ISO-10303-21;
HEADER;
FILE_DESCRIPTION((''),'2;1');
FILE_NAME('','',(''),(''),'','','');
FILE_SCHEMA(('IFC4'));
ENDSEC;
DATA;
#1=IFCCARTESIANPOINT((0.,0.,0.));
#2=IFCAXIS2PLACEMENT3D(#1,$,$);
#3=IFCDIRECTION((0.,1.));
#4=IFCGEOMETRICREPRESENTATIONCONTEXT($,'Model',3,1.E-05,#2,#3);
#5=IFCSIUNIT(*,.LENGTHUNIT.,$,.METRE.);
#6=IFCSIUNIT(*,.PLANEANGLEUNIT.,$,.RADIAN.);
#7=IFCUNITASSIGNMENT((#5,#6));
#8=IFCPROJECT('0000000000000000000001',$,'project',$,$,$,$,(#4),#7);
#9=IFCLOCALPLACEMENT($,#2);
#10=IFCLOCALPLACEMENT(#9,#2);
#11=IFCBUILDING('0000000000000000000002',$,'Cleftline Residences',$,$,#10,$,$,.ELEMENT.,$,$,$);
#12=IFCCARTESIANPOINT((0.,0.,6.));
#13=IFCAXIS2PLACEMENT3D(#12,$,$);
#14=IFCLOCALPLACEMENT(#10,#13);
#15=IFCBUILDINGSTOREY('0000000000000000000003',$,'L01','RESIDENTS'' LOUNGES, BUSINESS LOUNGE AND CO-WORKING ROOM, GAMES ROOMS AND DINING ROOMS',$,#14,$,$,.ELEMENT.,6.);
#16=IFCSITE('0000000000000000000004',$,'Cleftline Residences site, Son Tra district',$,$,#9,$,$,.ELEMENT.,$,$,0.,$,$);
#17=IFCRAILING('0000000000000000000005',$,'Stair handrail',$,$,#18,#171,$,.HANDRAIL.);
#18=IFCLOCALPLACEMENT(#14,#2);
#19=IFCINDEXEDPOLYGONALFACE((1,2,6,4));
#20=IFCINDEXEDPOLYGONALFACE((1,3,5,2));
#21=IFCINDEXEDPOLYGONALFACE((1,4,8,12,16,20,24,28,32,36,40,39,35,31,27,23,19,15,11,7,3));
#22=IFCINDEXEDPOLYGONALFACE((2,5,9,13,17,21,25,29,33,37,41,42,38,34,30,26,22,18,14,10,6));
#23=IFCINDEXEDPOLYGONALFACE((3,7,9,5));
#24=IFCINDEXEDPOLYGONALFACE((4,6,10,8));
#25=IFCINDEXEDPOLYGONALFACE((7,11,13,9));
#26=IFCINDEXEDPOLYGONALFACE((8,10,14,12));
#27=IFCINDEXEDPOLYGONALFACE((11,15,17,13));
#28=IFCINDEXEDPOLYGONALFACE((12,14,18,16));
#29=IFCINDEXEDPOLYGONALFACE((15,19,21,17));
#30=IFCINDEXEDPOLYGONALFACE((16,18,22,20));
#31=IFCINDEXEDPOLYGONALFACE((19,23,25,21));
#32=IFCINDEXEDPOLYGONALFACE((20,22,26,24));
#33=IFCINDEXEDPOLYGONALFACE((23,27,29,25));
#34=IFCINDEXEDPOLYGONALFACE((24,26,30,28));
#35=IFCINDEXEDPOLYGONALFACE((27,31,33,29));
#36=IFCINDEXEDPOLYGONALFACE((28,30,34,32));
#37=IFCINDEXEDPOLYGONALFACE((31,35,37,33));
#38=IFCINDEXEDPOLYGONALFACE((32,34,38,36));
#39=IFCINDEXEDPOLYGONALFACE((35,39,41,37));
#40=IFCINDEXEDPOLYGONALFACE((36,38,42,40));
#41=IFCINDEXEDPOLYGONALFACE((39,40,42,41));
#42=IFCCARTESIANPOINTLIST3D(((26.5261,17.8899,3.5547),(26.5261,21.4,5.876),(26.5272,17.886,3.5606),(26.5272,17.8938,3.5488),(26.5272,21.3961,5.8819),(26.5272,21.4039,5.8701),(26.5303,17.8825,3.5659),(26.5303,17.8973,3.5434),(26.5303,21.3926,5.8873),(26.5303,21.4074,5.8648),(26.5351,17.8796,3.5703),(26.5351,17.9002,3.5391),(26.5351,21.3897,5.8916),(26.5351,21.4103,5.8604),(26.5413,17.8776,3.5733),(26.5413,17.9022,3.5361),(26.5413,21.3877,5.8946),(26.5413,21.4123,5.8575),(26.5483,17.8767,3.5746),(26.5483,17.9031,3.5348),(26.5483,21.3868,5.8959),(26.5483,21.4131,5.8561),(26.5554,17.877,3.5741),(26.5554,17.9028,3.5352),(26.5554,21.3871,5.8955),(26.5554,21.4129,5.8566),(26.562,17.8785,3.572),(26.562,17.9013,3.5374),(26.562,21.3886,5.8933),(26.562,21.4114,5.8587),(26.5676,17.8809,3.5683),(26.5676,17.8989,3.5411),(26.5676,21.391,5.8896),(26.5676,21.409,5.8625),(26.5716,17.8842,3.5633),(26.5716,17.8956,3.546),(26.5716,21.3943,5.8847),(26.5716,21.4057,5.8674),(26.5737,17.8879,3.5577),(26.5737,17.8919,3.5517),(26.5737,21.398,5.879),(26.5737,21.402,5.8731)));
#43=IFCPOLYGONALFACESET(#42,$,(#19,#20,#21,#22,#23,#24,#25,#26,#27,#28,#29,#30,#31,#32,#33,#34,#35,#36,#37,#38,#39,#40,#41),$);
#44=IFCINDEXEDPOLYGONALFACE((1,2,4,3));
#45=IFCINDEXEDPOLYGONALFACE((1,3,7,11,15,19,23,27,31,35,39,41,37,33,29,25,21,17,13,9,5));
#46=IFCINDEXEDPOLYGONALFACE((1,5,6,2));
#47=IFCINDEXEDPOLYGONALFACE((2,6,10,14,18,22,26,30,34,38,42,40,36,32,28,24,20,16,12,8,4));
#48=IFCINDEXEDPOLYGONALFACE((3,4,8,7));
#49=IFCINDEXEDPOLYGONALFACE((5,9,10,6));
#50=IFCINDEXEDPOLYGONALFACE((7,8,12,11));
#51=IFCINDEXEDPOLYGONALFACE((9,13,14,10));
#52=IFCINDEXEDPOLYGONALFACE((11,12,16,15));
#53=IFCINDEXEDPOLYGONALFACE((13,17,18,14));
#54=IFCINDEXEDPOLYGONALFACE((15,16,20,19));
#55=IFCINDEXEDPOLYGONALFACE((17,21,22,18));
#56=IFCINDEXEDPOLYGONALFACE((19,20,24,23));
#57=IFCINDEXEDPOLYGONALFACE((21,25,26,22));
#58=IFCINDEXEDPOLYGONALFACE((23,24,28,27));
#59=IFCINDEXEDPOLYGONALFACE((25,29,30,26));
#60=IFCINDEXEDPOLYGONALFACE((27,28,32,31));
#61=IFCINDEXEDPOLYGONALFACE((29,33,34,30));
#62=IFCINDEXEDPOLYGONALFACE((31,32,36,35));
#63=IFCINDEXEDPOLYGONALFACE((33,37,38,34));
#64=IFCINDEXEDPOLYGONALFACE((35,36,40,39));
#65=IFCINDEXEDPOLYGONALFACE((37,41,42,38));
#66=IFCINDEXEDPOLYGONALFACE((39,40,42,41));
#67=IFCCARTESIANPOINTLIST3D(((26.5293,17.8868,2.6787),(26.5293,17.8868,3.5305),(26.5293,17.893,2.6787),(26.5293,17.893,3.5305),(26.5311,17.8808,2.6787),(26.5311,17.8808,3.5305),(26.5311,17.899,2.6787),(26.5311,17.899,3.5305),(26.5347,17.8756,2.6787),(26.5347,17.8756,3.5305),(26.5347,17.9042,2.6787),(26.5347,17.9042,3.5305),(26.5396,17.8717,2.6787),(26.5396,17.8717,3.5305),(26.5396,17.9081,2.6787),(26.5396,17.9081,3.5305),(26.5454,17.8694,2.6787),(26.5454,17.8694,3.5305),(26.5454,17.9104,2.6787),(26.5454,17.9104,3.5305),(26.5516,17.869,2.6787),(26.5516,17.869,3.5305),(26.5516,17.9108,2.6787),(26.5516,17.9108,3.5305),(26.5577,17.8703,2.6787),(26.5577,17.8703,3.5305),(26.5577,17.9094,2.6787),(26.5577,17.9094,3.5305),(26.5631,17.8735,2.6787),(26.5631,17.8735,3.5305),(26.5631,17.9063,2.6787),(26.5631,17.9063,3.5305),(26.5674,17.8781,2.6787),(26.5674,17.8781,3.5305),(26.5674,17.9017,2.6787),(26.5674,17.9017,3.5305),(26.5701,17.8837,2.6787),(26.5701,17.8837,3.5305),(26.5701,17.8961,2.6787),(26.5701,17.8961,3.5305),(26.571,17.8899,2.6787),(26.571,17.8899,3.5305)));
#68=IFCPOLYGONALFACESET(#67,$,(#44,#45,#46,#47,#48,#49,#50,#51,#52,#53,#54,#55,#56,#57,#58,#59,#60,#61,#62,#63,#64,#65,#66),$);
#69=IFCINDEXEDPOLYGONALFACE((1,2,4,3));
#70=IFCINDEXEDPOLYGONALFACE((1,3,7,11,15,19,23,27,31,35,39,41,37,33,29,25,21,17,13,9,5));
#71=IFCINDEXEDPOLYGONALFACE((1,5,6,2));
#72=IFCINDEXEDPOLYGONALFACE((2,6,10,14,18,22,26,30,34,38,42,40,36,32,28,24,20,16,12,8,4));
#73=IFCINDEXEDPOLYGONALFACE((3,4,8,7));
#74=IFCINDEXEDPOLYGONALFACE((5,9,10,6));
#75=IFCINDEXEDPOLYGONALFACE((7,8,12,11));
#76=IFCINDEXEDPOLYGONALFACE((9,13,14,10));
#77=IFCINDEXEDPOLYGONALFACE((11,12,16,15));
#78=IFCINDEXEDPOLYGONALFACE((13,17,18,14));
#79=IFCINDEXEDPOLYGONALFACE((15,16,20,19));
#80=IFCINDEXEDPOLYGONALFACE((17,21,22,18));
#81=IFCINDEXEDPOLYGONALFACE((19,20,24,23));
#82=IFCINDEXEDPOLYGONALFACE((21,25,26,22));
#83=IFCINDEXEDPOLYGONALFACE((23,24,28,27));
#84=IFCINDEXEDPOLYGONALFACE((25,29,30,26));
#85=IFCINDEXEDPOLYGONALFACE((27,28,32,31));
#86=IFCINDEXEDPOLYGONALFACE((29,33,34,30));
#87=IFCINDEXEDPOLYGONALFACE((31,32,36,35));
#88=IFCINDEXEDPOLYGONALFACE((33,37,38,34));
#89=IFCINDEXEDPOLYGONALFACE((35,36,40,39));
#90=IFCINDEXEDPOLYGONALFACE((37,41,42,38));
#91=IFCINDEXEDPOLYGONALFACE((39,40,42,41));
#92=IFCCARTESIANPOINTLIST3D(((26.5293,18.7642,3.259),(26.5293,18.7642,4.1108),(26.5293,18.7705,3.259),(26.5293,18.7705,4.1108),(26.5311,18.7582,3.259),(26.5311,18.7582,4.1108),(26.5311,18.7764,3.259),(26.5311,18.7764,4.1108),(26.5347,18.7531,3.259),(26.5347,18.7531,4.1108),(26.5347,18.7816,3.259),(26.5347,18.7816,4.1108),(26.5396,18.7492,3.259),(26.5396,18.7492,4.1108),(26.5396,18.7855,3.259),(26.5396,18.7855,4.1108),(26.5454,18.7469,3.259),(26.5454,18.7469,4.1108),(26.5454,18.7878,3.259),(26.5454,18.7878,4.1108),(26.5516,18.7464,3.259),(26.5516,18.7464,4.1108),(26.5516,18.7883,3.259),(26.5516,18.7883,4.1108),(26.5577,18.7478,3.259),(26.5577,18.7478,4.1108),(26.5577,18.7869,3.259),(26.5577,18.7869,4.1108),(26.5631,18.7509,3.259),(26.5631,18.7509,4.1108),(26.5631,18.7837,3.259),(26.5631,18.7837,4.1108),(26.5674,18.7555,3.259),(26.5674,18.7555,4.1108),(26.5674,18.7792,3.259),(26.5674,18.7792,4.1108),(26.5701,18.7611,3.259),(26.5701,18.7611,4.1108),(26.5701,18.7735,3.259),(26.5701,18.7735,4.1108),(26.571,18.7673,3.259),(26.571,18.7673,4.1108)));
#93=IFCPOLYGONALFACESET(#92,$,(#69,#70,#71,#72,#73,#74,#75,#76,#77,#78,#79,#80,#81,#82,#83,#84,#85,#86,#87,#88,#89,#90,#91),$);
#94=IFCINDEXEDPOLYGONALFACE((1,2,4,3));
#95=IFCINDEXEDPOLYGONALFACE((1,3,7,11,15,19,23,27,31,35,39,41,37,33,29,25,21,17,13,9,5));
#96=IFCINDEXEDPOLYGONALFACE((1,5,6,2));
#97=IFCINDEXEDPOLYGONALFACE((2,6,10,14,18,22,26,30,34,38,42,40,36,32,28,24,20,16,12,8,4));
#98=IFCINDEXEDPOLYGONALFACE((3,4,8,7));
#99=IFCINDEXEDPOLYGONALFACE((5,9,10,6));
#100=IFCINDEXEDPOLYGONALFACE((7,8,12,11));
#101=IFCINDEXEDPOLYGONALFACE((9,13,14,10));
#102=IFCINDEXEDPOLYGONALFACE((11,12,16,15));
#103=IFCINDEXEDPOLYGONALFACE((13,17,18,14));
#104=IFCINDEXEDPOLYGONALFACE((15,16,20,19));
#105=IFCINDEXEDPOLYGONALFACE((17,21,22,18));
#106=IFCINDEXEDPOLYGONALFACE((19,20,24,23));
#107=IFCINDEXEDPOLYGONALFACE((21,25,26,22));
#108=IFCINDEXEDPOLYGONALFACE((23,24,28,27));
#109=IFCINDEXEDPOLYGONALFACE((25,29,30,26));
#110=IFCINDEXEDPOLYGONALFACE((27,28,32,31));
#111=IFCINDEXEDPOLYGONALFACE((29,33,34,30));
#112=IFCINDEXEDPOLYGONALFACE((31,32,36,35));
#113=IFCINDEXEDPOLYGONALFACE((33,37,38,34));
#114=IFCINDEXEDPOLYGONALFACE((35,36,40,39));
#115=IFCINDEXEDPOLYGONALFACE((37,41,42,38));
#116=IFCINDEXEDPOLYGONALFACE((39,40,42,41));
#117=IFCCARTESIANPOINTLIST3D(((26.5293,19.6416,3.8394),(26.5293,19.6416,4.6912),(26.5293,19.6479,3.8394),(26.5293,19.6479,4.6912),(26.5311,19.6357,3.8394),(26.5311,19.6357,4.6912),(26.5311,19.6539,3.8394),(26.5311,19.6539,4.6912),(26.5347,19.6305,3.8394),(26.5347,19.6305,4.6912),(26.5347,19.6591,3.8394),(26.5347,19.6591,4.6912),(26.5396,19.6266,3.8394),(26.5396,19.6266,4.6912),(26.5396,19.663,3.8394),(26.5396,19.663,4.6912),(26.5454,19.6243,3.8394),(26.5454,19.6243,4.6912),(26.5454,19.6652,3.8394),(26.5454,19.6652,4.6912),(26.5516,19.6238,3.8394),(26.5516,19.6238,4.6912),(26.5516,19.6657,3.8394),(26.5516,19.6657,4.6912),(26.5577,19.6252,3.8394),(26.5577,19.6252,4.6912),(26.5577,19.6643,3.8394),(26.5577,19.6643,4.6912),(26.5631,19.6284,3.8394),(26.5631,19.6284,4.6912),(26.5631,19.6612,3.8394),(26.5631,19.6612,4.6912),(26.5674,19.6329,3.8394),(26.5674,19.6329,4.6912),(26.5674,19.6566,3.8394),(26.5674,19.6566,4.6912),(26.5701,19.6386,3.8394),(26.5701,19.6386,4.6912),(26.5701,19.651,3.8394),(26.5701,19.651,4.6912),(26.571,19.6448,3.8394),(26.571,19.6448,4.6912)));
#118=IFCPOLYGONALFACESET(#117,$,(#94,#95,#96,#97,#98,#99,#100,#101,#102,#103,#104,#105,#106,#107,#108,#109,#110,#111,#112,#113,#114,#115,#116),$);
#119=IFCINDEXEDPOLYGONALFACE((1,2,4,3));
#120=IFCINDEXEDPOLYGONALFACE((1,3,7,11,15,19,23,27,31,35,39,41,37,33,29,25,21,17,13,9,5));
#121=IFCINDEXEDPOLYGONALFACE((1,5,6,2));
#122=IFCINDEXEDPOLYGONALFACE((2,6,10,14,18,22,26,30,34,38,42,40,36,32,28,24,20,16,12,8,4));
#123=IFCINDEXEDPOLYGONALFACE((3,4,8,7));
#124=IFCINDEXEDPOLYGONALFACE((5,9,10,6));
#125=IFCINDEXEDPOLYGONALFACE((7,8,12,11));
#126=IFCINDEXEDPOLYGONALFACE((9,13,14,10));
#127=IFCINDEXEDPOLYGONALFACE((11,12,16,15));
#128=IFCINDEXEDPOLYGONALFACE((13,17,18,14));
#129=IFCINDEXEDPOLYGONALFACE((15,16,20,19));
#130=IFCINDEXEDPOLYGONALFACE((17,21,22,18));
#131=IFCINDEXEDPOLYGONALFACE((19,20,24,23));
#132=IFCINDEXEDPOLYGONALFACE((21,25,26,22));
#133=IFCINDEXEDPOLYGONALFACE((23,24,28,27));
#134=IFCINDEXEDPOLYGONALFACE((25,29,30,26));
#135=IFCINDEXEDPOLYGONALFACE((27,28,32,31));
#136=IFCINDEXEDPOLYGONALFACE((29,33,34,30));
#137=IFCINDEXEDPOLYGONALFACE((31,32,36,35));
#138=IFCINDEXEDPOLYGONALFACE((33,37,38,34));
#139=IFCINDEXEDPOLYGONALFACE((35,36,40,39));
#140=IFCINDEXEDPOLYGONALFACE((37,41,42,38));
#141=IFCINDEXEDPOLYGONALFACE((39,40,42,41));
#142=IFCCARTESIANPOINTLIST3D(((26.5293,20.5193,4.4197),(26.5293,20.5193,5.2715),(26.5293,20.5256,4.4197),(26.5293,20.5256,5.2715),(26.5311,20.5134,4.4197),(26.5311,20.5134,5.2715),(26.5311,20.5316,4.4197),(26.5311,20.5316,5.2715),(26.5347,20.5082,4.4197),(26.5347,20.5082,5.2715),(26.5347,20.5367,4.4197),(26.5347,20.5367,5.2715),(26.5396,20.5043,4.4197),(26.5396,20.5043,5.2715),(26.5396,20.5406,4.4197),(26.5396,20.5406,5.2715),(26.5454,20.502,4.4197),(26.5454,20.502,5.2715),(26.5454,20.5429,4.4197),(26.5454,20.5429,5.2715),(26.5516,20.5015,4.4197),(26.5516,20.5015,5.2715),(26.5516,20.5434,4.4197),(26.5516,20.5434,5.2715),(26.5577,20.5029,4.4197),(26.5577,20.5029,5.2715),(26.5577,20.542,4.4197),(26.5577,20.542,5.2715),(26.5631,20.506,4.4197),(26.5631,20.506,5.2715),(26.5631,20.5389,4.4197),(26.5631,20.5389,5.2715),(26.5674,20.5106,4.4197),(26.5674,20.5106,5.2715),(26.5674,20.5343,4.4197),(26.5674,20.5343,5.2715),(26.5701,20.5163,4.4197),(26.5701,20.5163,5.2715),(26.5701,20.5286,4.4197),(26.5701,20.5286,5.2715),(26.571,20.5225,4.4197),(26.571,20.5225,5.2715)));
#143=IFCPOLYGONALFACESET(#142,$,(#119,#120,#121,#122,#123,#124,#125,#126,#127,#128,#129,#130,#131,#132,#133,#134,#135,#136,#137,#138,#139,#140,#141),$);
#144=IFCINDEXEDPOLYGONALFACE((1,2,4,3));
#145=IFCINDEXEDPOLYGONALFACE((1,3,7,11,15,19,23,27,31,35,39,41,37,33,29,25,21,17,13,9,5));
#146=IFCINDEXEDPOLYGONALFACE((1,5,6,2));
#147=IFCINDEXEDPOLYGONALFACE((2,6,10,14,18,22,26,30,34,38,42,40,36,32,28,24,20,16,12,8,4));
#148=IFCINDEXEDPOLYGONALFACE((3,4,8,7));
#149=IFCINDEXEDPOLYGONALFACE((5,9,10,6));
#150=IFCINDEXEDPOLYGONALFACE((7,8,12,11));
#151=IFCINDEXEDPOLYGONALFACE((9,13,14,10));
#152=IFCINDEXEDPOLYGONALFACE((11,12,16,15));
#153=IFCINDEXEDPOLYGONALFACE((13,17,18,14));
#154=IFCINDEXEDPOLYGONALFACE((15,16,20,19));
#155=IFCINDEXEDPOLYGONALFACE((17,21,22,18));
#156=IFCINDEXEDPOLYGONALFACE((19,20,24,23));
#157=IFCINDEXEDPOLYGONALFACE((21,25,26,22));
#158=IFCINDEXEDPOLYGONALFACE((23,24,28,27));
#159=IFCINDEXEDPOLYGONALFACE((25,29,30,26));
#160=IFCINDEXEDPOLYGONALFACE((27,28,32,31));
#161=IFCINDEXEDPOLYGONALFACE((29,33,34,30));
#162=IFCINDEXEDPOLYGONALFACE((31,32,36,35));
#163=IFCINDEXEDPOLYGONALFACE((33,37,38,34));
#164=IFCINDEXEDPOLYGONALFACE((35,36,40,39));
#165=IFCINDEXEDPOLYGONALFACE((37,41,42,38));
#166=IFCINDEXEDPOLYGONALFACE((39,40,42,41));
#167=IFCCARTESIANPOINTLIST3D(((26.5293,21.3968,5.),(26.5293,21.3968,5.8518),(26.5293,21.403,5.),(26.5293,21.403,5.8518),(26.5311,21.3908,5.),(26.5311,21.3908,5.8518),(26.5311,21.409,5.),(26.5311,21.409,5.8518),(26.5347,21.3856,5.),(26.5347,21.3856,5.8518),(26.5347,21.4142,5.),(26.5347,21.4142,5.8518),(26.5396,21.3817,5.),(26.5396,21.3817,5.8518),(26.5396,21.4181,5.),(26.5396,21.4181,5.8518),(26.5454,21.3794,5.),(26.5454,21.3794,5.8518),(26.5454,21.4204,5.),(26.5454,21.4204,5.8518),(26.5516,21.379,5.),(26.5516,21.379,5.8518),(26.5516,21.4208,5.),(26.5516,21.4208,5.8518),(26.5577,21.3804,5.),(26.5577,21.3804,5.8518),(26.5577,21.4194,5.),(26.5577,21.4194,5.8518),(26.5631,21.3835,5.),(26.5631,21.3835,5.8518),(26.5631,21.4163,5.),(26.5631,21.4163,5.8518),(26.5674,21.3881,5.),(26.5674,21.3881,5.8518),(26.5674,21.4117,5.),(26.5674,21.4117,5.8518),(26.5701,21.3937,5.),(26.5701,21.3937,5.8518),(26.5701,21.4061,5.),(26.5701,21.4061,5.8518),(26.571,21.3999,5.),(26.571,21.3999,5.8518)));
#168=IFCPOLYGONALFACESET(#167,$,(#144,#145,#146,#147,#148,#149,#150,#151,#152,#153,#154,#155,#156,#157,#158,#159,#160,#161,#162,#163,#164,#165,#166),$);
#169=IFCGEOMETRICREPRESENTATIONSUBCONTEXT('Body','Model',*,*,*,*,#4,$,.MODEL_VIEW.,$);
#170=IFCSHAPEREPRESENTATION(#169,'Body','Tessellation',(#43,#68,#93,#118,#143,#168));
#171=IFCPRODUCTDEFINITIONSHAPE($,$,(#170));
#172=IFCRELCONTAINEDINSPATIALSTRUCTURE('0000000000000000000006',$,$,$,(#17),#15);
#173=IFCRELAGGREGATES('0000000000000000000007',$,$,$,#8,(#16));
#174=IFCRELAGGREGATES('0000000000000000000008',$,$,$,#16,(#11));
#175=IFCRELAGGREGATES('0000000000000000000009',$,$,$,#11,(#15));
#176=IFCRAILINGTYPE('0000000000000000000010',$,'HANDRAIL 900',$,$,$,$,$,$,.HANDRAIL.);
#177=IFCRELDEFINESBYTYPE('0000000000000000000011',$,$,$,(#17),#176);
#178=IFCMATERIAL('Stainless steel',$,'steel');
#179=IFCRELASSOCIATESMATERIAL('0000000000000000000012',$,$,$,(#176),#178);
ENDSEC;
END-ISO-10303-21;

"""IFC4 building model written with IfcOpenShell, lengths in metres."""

from ifc_helpers import new_model, si_unit, direction, frame, origin, origin_2d, place, context, subcontext, project, spatial, circle, extrude, material, type_object, element, save


model = new_model("IFC4")

# Units and contexts
model_context = context("Model", 3, precision=1e-05, world=origin(), true_north=direction((0.0, 1.0)))
body_context = subcontext(model_context, "Body", "Model", "MODEL_VIEW")
ifc_project = project(units=[si_unit("LENGTHUNIT", "METRE"), si_unit("PLANEANGLEUNIT", "RADIAN")], contexts=[model_context])

# Site, building, storey
site_placement = place(None, origin())
site = spatial("IfcSite", under=ifc_project, at=site_placement, Name="Cleftline Residences site, Son Tra district", CompositionType="ELEMENT", RefElevation=0.0)
building_placement = place(site_placement, origin())
building = spatial("IfcBuilding", under=site, at=building_placement, Name="Cleftline Residences", CompositionType="ELEMENT")
storey_placement = place(building_placement, frame((0.0, 0.0, 6.0)))
storey = spatial("IfcBuildingStorey", under=building, at=storey_placement, Name="L01", Description="RESIDENTS' LOUNGES, BUSINESS LOUNGE AND CO-WORKING ROOM, GAMES ROOMS AND DINING ROOMS", CompositionType="ELEMENT", Elevation=6.0)

# Railing
ifc_material_1 = material(Name="Stainless steel", Category="steel")
railing_type = type_object("IfcRailingType", Name="HANDRAIL 900", PredefinedType="HANDRAIL", material=ifc_material_1)
railing_1_placement = place(storey_placement, frame((26.55, 17.8899, 2.6787)))
element("IfcRailing", 1, at=railing_1_placement, inside=storey, type_object=railing_type, Name="Stair handrail", PredefinedType="HANDRAIL", context=body_context, shape_type="SweptSolid", body=[
    extrude(circle(Radius=0.0239, at=origin_2d()), frame((0.0, 0.0, 0.876), z_axis=(0.0, 0.834097, 0.551617), x_axis=(-1.0, 0.0, 0.0)), (0.0, 0.0, 1.0), 4.2083),
    extrude(circle(Radius=0.021, at=origin_2d()), origin(), (0.0, 0.0, 1.0), 0.8518),
    extrude(circle(Radius=0.021, at=origin_2d()), frame((0.0, 0.8774, 0.5803)), (0.0, 0.0, 1.0), 0.8518),
    extrude(circle(Radius=0.021, at=origin_2d()), frame((0.0, 1.7549, 1.1606)), (0.0, 0.0, 1.0), 0.8518),
    extrude(circle(Radius=0.021, at=origin_2d()), frame((0.0, 2.6326, 1.741)), (0.0, 0.0, 1.0), 0.8518),
    extrude(circle(Radius=0.021, at=origin_2d()), frame((0.0, 3.51, 2.3213)), (0.0, 0.0, 1.0), 0.8518),
])

save(model, "model.ifc")
